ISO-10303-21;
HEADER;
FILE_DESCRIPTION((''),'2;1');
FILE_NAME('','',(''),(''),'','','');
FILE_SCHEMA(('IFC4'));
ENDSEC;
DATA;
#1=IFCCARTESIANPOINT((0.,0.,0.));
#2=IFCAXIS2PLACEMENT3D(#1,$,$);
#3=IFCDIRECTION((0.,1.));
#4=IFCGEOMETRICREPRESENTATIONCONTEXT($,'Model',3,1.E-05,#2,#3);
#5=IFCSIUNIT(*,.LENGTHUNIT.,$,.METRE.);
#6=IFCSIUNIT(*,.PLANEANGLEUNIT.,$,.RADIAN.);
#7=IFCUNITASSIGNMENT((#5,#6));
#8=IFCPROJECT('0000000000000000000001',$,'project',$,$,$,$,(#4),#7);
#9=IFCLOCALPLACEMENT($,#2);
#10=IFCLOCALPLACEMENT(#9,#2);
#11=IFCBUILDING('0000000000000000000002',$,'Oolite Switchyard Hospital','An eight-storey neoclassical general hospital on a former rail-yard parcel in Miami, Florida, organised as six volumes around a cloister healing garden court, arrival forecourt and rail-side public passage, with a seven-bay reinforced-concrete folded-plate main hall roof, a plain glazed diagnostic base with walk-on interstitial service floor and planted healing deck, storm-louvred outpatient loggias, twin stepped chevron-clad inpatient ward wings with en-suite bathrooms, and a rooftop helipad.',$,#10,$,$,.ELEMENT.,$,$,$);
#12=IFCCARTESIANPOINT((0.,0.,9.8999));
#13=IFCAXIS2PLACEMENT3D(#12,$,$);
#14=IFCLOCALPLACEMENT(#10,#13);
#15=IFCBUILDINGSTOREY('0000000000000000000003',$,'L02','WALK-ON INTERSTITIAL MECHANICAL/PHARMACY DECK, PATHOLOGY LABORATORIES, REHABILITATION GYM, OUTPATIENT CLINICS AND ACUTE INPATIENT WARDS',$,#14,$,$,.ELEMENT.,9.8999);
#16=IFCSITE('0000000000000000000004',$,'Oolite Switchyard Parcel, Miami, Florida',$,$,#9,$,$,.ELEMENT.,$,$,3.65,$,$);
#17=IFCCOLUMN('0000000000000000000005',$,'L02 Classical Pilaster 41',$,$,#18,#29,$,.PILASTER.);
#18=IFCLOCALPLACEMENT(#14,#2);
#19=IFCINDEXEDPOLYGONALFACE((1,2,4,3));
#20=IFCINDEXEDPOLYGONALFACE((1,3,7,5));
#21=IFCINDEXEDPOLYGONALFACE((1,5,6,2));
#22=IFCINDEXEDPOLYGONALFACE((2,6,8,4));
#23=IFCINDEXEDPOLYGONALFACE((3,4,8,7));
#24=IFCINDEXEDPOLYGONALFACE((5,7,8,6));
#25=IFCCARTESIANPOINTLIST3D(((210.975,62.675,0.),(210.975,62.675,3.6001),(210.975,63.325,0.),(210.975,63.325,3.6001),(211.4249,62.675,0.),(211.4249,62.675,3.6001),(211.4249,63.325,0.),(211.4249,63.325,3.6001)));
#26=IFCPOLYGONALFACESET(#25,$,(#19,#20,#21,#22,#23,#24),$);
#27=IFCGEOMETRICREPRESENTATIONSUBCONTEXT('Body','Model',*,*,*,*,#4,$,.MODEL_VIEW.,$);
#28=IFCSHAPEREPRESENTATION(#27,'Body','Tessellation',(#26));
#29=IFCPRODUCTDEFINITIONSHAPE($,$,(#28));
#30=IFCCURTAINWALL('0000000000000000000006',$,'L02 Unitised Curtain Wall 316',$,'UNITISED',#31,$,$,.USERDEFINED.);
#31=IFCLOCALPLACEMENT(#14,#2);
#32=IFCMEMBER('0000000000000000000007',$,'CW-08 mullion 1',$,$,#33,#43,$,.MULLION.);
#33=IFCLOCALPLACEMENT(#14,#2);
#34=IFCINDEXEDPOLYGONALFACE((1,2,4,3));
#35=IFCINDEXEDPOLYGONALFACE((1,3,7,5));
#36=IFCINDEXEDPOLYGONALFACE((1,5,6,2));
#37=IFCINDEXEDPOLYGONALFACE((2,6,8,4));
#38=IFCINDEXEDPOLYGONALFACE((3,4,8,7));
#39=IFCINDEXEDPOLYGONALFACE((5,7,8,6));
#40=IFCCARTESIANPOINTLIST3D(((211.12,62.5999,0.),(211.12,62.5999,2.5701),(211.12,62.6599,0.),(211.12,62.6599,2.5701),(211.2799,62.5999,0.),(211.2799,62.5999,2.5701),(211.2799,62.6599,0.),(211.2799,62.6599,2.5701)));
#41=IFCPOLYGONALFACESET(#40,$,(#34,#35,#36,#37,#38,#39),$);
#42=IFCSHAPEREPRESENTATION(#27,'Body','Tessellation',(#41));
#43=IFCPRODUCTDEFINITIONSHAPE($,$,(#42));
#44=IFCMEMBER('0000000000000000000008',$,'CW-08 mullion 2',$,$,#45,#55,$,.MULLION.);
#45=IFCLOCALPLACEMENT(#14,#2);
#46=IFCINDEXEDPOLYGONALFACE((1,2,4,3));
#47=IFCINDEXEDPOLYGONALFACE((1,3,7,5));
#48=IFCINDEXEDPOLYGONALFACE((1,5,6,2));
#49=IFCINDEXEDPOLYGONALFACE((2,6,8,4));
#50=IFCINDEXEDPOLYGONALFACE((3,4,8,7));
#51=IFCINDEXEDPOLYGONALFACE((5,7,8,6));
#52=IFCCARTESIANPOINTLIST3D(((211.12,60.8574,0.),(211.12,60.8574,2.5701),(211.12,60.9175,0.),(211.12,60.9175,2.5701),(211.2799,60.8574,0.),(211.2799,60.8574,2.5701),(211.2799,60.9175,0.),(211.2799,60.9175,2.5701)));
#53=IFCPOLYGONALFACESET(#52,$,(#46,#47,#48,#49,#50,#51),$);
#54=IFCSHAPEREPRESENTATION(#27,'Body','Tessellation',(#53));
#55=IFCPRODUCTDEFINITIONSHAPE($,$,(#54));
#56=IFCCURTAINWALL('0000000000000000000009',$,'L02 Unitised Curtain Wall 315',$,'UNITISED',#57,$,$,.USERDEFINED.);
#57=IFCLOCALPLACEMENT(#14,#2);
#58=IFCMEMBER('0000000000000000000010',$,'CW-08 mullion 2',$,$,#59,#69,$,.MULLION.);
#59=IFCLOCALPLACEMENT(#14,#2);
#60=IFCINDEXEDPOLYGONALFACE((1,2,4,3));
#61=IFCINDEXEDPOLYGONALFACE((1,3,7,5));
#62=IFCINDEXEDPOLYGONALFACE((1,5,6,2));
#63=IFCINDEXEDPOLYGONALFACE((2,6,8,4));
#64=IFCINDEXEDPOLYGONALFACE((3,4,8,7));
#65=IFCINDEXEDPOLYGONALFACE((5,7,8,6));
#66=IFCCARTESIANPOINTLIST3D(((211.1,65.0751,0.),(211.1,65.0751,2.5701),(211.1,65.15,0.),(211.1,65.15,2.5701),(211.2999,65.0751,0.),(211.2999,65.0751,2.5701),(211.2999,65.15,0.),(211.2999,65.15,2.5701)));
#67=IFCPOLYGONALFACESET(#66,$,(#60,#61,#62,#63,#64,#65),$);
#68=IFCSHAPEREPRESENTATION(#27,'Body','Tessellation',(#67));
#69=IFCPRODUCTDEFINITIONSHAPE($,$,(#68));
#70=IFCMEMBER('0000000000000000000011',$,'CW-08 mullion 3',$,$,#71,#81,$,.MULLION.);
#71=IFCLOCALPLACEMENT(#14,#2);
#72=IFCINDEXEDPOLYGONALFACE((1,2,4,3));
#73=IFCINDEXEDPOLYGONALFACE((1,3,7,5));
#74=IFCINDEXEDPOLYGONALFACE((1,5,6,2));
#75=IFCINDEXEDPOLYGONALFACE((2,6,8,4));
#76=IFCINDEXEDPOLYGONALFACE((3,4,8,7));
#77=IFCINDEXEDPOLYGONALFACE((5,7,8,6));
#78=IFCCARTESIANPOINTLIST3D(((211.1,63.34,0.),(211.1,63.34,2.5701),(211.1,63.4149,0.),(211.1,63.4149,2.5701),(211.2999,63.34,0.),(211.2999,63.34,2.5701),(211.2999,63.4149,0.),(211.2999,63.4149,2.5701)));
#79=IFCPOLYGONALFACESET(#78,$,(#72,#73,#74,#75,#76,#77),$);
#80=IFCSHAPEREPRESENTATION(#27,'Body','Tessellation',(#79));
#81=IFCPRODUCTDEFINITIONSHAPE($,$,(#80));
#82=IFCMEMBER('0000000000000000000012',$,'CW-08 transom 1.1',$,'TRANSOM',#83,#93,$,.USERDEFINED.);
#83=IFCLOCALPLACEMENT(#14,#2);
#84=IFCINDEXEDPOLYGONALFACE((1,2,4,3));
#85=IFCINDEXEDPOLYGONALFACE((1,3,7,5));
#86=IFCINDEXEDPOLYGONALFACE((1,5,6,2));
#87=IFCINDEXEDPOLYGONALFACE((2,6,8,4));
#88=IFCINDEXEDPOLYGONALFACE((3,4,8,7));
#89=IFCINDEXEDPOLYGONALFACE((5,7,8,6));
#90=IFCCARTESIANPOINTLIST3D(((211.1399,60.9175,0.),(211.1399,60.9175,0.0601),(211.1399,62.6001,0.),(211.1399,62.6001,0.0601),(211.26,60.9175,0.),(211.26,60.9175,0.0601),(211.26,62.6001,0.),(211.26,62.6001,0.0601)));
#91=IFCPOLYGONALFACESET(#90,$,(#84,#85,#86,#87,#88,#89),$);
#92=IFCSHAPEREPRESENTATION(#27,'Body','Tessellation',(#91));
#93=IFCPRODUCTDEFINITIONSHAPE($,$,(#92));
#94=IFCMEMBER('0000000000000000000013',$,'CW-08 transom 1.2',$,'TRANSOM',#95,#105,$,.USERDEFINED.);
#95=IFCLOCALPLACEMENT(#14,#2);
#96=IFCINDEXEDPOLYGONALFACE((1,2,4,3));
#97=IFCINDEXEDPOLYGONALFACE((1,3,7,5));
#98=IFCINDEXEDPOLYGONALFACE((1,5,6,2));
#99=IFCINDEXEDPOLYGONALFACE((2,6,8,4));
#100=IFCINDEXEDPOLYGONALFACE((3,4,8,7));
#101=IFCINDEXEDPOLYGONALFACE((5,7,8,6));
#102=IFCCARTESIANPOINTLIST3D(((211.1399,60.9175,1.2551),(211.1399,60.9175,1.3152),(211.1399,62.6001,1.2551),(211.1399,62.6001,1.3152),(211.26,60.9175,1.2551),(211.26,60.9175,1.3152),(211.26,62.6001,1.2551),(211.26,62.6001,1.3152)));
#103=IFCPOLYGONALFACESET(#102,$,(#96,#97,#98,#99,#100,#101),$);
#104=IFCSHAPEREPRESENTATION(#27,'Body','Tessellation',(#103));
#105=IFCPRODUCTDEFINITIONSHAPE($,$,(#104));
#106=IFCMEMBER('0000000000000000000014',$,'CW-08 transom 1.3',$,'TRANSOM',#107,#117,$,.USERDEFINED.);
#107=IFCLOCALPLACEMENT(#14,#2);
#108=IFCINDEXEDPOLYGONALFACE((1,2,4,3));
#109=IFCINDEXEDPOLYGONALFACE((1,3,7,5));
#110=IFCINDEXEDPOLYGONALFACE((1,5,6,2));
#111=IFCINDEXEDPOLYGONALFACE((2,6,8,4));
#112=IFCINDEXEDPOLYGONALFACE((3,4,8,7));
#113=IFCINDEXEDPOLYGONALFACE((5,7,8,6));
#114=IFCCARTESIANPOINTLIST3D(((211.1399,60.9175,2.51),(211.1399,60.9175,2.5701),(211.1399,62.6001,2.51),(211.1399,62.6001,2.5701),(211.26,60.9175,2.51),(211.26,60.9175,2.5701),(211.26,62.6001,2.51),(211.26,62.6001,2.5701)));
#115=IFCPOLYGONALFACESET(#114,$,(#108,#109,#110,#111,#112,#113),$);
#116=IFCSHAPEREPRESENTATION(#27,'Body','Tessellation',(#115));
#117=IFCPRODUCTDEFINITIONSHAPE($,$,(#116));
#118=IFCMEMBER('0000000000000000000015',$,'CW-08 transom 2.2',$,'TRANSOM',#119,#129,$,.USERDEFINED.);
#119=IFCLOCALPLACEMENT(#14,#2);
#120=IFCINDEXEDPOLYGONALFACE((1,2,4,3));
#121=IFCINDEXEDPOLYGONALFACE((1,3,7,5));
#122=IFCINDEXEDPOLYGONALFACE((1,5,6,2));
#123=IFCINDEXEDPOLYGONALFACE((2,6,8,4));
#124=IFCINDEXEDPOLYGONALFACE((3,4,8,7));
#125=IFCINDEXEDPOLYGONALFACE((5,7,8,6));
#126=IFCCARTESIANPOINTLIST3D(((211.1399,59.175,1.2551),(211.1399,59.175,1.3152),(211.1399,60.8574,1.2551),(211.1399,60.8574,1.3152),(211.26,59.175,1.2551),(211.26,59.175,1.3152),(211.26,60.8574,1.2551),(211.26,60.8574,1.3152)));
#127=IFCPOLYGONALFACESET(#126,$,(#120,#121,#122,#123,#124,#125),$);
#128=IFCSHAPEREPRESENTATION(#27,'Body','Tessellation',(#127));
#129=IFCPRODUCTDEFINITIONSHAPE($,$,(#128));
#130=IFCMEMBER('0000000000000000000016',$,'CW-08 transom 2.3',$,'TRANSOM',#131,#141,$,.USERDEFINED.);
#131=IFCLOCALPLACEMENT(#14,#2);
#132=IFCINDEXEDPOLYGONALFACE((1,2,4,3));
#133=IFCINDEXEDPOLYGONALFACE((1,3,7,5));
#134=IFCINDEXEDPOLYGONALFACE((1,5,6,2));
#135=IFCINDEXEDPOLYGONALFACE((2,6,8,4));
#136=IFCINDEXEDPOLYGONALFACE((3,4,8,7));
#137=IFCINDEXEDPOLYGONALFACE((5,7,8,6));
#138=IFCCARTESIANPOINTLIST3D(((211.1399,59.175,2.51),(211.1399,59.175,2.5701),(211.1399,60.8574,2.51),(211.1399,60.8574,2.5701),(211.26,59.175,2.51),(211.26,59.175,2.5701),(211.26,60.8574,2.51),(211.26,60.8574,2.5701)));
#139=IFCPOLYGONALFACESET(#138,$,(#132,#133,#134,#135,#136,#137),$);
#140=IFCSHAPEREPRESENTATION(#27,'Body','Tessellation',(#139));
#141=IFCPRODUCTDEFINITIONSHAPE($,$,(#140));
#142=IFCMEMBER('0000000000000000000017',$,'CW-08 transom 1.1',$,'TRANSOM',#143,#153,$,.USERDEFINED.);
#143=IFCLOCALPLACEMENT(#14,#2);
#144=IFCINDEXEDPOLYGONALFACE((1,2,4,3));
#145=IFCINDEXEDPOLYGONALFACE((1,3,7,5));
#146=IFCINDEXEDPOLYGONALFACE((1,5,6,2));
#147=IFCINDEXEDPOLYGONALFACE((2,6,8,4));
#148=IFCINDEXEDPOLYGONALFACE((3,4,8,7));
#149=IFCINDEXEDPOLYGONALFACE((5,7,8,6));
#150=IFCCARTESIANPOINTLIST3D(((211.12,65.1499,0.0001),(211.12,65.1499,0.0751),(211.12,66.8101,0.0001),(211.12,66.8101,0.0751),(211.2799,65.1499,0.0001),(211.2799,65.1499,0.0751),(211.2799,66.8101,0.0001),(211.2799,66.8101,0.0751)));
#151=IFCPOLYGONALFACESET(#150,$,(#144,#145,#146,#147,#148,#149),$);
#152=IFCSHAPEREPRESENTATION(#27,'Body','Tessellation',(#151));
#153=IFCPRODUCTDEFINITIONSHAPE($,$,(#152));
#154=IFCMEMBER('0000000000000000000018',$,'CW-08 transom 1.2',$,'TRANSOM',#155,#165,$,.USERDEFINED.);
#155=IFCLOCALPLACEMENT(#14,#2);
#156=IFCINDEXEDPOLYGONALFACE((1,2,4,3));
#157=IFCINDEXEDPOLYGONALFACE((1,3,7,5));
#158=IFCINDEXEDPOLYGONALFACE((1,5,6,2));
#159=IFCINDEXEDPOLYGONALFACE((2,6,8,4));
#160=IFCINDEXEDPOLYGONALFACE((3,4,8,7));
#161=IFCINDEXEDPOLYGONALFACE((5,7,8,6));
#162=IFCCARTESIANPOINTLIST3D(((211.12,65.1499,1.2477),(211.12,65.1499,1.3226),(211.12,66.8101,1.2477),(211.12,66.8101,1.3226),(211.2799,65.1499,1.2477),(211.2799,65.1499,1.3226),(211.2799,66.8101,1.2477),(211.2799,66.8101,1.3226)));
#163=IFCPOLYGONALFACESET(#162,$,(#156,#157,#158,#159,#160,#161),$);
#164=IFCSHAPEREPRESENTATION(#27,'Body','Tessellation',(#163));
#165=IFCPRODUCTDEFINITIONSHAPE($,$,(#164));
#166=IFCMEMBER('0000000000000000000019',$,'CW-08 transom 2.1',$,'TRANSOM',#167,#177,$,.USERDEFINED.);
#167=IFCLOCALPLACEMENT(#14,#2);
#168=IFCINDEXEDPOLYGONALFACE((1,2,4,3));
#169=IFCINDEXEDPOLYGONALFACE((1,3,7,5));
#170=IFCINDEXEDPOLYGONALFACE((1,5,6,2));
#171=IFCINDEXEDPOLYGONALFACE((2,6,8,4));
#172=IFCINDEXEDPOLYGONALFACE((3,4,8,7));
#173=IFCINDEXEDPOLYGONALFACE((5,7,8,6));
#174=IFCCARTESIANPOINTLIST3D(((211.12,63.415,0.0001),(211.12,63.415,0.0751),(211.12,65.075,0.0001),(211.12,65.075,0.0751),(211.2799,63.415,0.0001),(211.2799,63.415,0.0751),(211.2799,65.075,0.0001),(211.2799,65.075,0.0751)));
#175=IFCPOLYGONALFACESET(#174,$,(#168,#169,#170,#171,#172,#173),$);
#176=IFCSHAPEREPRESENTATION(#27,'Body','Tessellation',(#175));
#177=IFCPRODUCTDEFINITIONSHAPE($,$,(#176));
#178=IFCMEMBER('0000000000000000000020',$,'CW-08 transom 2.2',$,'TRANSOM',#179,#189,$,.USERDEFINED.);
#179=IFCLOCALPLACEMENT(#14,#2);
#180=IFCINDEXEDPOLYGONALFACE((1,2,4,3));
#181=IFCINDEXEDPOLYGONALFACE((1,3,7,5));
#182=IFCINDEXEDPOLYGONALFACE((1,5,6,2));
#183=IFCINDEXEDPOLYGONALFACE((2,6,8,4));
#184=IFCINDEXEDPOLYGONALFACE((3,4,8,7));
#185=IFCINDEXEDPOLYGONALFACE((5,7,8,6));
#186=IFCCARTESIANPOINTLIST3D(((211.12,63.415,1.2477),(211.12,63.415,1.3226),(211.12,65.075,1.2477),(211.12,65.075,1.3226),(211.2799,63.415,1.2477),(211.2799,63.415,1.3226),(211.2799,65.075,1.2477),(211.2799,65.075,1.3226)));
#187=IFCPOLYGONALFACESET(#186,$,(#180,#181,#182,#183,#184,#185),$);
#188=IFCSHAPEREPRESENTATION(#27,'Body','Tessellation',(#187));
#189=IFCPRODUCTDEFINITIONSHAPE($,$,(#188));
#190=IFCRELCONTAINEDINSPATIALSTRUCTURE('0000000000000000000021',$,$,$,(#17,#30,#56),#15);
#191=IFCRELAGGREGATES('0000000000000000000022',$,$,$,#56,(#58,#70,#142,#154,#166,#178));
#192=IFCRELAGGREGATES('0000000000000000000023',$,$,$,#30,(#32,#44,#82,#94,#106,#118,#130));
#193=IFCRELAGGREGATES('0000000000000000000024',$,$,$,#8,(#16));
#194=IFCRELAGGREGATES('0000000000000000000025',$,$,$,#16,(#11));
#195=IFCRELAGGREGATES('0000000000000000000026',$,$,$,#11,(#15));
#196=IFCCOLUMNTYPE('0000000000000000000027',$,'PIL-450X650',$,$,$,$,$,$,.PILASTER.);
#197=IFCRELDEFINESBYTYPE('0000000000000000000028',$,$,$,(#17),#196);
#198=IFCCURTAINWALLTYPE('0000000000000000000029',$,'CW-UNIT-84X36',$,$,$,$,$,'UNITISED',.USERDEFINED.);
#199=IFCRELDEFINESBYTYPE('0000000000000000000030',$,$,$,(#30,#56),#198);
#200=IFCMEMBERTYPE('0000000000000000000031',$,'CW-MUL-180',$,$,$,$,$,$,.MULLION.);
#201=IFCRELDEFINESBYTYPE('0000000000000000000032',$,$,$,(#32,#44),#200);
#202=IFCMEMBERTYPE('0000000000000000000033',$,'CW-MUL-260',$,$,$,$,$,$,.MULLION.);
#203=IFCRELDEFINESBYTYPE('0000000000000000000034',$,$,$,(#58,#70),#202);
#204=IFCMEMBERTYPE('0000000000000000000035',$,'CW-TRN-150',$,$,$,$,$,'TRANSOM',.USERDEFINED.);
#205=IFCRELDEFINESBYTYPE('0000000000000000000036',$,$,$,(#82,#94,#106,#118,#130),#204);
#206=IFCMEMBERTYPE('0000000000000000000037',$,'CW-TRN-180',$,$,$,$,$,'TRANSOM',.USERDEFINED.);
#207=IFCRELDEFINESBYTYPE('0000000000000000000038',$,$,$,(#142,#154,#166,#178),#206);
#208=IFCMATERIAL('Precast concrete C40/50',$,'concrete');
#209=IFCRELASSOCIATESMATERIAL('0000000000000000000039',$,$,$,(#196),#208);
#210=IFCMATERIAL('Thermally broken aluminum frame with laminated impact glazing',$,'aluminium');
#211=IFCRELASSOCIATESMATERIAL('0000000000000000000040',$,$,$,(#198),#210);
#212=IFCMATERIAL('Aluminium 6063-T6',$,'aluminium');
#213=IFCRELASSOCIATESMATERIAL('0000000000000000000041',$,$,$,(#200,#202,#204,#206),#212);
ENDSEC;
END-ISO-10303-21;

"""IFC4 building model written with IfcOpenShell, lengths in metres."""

from ifc_helpers import new_model, si_unit, direction, frame, origin, origin_2d, place, context, subcontext, project, spatial, rectangle, extrude, material, material_profile, profile_set, type_object, element, aggregate, save


model = new_model("IFC4")

# Units and contexts
model_context = context("Model", 3, precision=1e-05, world=origin(), true_north=direction((0.0, 1.0)))
body_context = subcontext(model_context, "Body", "Model", "MODEL_VIEW")
ifc_project = project(units=[si_unit("LENGTHUNIT", "METRE"), si_unit("PLANEANGLEUNIT", "RADIAN")], contexts=[model_context])

# Site, building, storey
site_placement = place(None, origin())
site = spatial("IfcSite", under=ifc_project, at=site_placement, Name="Oolite Switchyard Parcel, Miami, Florida", CompositionType="ELEMENT", RefElevation=3.65)
building_placement = place(site_placement, origin())
building = spatial("IfcBuilding", under=site, at=building_placement, Name="Oolite Switchyard Hospital", Description="An eight-storey neoclassical general hospital on a former rail-yard parcel in Miami, Florida, organised as six volumes around a cloister healing garden court, arrival forecourt and rail-side public passage, with a seven-bay reinforced-concrete folded-plate main hall roof, a plain glazed diagnostic base with walk-on interstitial service floor and planted healing deck, storm-louvred outpatient loggias, twin stepped chevron-clad inpatient ward wings with en-suite bathrooms, and a rooftop helipad.", CompositionType="ELEMENT")
storey_placement = place(building_placement, frame((0.0, 0.0, 9.8999)))
storey = spatial("IfcBuildingStorey", under=building, at=storey_placement, Name="L02", Description="WALK-ON INTERSTITIAL MECHANICAL/PHARMACY DECK, PATHOLOGY LABORATORIES, REHABILITATION GYM, OUTPATIENT CLINICS AND ACUTE INPATIENT WARDS", CompositionType="ELEMENT", Elevation=9.8999)

# Column
ifc_material_1 = material(Name="Precast concrete C40/50", Category="concrete")
ifc_material_profile_1 = material_profile(ifc_material_1, rectangle(XDim=0.45, YDim=0.6499, at=origin_2d()), Name="PIL450X650")
ifc_profile_set_1 = profile_set([ifc_material_profile_1], Name="Precast concrete C40/50")
column_type = type_object("IfcColumnType", Name="PIL-450X650", PredefinedType="PILASTER", material=ifc_profile_set_1)
column_placement = place(storey_placement, frame((211.2, 63.0, 0.0), z_axis=(0.0, 0.0, 1.0), x_axis=(1.0, 0.0, 0.0)))
element("IfcColumn", 1, at=column_placement, inside=storey, type_object=column_type, Name="L02 Classical Pilaster 41", PredefinedType="PILASTER", context=body_context, shape_type="SweptSolid", body=[
    extrude(rectangle(XDim=0.45, YDim=0.6499, at=origin_2d()), origin(), (0.0, 0.0, 1.0), 3.6001),
])

# Curtain walls, members
ifc_material_2 = material(Name="Thermally broken aluminum frame with laminated impact glazing", Category="aluminium")
curtain_wall_type = type_object("IfcCurtainWallType", Name="CW-UNIT-84X36", ElementType="UNITISED", PredefinedType="USERDEFINED", material=ifc_material_2)
curtain_wall_1_placement = place(storey_placement, origin())
curtain_wall_1 = element("IfcCurtainWall", 2, at=curtain_wall_1_placement, inside=storey, type_object=curtain_wall_type, Name="L02 Unitised Curtain Wall 316", ObjectType="UNITISED", PredefinedType="USERDEFINED")
ifc_material_3 = material(Name="Aluminium 6063-T6", Category="aluminium")
ifc_material_profile_2 = material_profile(ifc_material_3, rectangle(XDim=0.1599, YDim=0.0601, at=origin_2d()), Name="CWM60X160")
ifc_profile_set_2 = profile_set([ifc_material_profile_2], Name="Aluminium 6063-T6")
member_type_1 = type_object("IfcMemberType", Name="CW-MUL-180", PredefinedType="MULLION", material=ifc_profile_set_2)
member_1_placement = place(storey_placement, frame((211.2, 62.6299, 0.0), z_axis=(0.0, 0.0, 1.0), x_axis=(1.0, 0.0, 0.0)))
member_1 = element("IfcMember", 3, at=member_1_placement, type_object=member_type_1, Name="CW-08 mullion 1", PredefinedType="MULLION", context=body_context, shape_type="SweptSolid", body=[
    extrude(rectangle(XDim=0.1599, YDim=0.0601, at=origin_2d()), origin(), (0.0, 0.0, 1.0), 2.5701),
])
member_2_placement = place(storey_placement, frame((211.2, 60.8875, 0.0), z_axis=(0.0, 0.0, 1.0), x_axis=(1.0, 0.0, 0.0)))
member_2 = element("IfcMember", 4, at=member_2_placement, type_object=member_type_1, Name="CW-08 mullion 2", PredefinedType="MULLION", context=body_context, shape_type="SweptSolid", body=[
    extrude(rectangle(XDim=0.1599, YDim=0.0601, at=origin_2d()), origin(), (0.0, 0.0, 1.0), 2.5701),
])
curtain_wall_2_placement = place(storey_placement, origin())
curtain_wall_2 = element("IfcCurtainWall", 5, at=curtain_wall_2_placement, inside=storey, type_object=curtain_wall_type, Name="L02 Unitised Curtain Wall 315", ObjectType="UNITISED", PredefinedType="USERDEFINED")
ifc_material_profile_3 = material_profile(ifc_material_3, rectangle(XDim=0.2, YDim=0.075, at=origin_2d()), Name="CWM75X200")
ifc_profile_set_3 = profile_set([ifc_material_profile_3], Name="Aluminium 6063-T6")
member_type_2 = type_object("IfcMemberType", Name="CW-MUL-260", PredefinedType="MULLION", material=ifc_profile_set_3)
member_3_placement = place(storey_placement, frame((211.2, 65.1125, 0.0), z_axis=(0.0, 0.0, 1.0), x_axis=(1.0, 0.0, 0.0)))
member_3 = element("IfcMember", 6, at=member_3_placement, type_object=member_type_2, Name="CW-08 mullion 2", PredefinedType="MULLION", context=body_context, shape_type="SweptSolid", body=[
    extrude(rectangle(XDim=0.2, YDim=0.075, at=origin_2d()), origin(), (0.0, 0.0, 1.0), 2.5701),
])
member_4_placement = place(storey_placement, frame((211.2, 63.3774, 0.0), z_axis=(0.0, 0.0, 1.0), x_axis=(1.0, 0.0, 0.0)))
member_4 = element("IfcMember", 7, at=member_4_placement, type_object=member_type_2, Name="CW-08 mullion 3", PredefinedType="MULLION", context=body_context, shape_type="SweptSolid", body=[
    extrude(rectangle(XDim=0.2, YDim=0.075, at=origin_2d()), origin(), (0.0, 0.0, 1.0), 2.5701),
])

# Members
ifc_material_profile_4 = material_profile(ifc_material_3, rectangle(XDim=0.1201, YDim=0.0601, at=origin_2d()), Name="CWT60X120")
ifc_profile_set_4 = profile_set([ifc_material_profile_4], Name="Aluminium 6063-T6")
member_type_3 = type_object("IfcMemberType", Name="CW-TRN-150", ElementType="TRANSOM", PredefinedType="USERDEFINED", material=ifc_profile_set_4)
member_5_placement = place(storey_placement, frame((211.2, 62.6001, 0.03), z_axis=(0.0, -1.0, 0.0), x_axis=(1.0, 0.0, 0.0)))
member_5 = element("IfcMember", 8, at=member_5_placement, type_object=member_type_3, Name="CW-08 transom 1.1", ObjectType="TRANSOM", PredefinedType="USERDEFINED", context=body_context, shape_type="SweptSolid", body=[
    extrude(rectangle(XDim=0.1201, YDim=0.0601, at=origin_2d()), origin(), (0.0, 0.0, 1.0), 1.6826),
])
member_6_placement = place(storey_placement, frame((211.2, 62.6001, 1.2852), z_axis=(0.0, -1.0, 0.0), x_axis=(1.0, 0.0, 0.0)))
member_6 = element("IfcMember", 9, at=member_6_placement, type_object=member_type_3, Name="CW-08 transom 1.2", ObjectType="TRANSOM", PredefinedType="USERDEFINED", context=body_context, shape_type="SweptSolid", body=[
    extrude(rectangle(XDim=0.1201, YDim=0.0601, at=origin_2d()), origin(), (0.0, 0.0, 1.0), 1.6826),
])
member_7_placement = place(storey_placement, frame((211.2, 62.6001, 2.54), z_axis=(0.0, -1.0, 0.0), x_axis=(1.0, 0.0, 0.0)))
member_7 = element("IfcMember", 10, at=member_7_placement, type_object=member_type_3, Name="CW-08 transom 1.3", ObjectType="TRANSOM", PredefinedType="USERDEFINED", context=body_context, shape_type="SweptSolid", body=[
    extrude(rectangle(XDim=0.1201, YDim=0.0601, at=origin_2d()), origin(), (0.0, 0.0, 1.0), 1.6826),
])
member_8_placement = place(storey_placement, frame((211.2, 60.8574, 1.2852), z_axis=(0.0, -1.0, 0.0), x_axis=(1.0, 0.0, 0.0)))
member_8 = element("IfcMember", 11, at=member_8_placement, type_object=member_type_3, Name="CW-08 transom 2.2", ObjectType="TRANSOM", PredefinedType="USERDEFINED", context=body_context, shape_type="SweptSolid", body=[
    extrude(rectangle(XDim=0.1201, YDim=0.0601, at=origin_2d()), origin(), (0.0, 0.0, 1.0), 1.6824),
])
member_9_placement = place(storey_placement, frame((211.2, 60.8574, 2.54), z_axis=(0.0, -1.0, 0.0), x_axis=(1.0, 0.0, 0.0)))
member_9 = element("IfcMember", 12, at=member_9_placement, type_object=member_type_3, Name="CW-08 transom 2.3", ObjectType="TRANSOM", PredefinedType="USERDEFINED", context=body_context, shape_type="SweptSolid", body=[
    extrude(rectangle(XDim=0.1201, YDim=0.0601, at=origin_2d()), origin(), (0.0, 0.0, 1.0), 1.6824),
])
ifc_material_profile_5 = material_profile(ifc_material_3, rectangle(XDim=0.1599, YDim=0.075, at=origin_2d()), Name="CWT75X160")
ifc_profile_set_5 = profile_set([ifc_material_profile_5], Name="Aluminium 6063-T6")
member_type_4 = type_object("IfcMemberType", Name="CW-TRN-180", ElementType="TRANSOM", PredefinedType="USERDEFINED", material=ifc_profile_set_5)
member_10_placement = place(storey_placement, frame((211.2, 66.8101, 0.0376), z_axis=(0.0, -1.0, 0.0), x_axis=(1.0, 0.0, 0.0)))
member_10 = element("IfcMember", 13, at=member_10_placement, type_object=member_type_4, Name="CW-08 transom 1.1", ObjectType="TRANSOM", PredefinedType="USERDEFINED", context=body_context, shape_type="SweptSolid", body=[
    extrude(rectangle(XDim=0.1599, YDim=0.075, at=origin_2d()), origin(), (0.0, 0.0, 1.0), 1.6602),
])
member_11_placement = place(storey_placement, frame((211.2, 66.8101, 1.2852), z_axis=(0.0, -1.0, 0.0), x_axis=(1.0, 0.0, 0.0)))
member_11 = element("IfcMember", 14, at=member_11_placement, type_object=member_type_4, Name="CW-08 transom 1.2", ObjectType="TRANSOM", PredefinedType="USERDEFINED", context=body_context, shape_type="SweptSolid", body=[
    extrude(rectangle(XDim=0.1599, YDim=0.075, at=origin_2d()), origin(), (0.0, 0.0, 1.0), 1.6602),
])
member_12_placement = place(storey_placement, frame((211.2, 65.075, 0.0376), z_axis=(0.0, -1.0, 0.0), x_axis=(1.0, 0.0, 0.0)))
member_12 = element("IfcMember", 15, at=member_12_placement, type_object=member_type_4, Name="CW-08 transom 2.1", ObjectType="TRANSOM", PredefinedType="USERDEFINED", context=body_context, shape_type="SweptSolid", body=[
    extrude(rectangle(XDim=0.1599, YDim=0.075, at=origin_2d()), origin(), (0.0, 0.0, 1.0), 1.6599),
])
member_13_placement = place(storey_placement, frame((211.2, 65.075, 1.2852), z_axis=(0.0, -1.0, 0.0), x_axis=(1.0, 0.0, 0.0)))
member_13 = element("IfcMember", 16, at=member_13_placement, type_object=member_type_4, Name="CW-08 transom 2.2", ObjectType="TRANSOM", PredefinedType="USERDEFINED", context=body_context, shape_type="SweptSolid", body=[
    extrude(rectangle(XDim=0.1599, YDim=0.075, at=origin_2d()), origin(), (0.0, 0.0, 1.0), 1.6599),
])

aggregate(curtain_wall_2, [member_3, member_4, member_10, member_11, member_12, member_13])
aggregate(curtain_wall_1, [member_1, member_2, member_5, member_6, member_7, member_8, member_9])

save(model, "model.ifc")
